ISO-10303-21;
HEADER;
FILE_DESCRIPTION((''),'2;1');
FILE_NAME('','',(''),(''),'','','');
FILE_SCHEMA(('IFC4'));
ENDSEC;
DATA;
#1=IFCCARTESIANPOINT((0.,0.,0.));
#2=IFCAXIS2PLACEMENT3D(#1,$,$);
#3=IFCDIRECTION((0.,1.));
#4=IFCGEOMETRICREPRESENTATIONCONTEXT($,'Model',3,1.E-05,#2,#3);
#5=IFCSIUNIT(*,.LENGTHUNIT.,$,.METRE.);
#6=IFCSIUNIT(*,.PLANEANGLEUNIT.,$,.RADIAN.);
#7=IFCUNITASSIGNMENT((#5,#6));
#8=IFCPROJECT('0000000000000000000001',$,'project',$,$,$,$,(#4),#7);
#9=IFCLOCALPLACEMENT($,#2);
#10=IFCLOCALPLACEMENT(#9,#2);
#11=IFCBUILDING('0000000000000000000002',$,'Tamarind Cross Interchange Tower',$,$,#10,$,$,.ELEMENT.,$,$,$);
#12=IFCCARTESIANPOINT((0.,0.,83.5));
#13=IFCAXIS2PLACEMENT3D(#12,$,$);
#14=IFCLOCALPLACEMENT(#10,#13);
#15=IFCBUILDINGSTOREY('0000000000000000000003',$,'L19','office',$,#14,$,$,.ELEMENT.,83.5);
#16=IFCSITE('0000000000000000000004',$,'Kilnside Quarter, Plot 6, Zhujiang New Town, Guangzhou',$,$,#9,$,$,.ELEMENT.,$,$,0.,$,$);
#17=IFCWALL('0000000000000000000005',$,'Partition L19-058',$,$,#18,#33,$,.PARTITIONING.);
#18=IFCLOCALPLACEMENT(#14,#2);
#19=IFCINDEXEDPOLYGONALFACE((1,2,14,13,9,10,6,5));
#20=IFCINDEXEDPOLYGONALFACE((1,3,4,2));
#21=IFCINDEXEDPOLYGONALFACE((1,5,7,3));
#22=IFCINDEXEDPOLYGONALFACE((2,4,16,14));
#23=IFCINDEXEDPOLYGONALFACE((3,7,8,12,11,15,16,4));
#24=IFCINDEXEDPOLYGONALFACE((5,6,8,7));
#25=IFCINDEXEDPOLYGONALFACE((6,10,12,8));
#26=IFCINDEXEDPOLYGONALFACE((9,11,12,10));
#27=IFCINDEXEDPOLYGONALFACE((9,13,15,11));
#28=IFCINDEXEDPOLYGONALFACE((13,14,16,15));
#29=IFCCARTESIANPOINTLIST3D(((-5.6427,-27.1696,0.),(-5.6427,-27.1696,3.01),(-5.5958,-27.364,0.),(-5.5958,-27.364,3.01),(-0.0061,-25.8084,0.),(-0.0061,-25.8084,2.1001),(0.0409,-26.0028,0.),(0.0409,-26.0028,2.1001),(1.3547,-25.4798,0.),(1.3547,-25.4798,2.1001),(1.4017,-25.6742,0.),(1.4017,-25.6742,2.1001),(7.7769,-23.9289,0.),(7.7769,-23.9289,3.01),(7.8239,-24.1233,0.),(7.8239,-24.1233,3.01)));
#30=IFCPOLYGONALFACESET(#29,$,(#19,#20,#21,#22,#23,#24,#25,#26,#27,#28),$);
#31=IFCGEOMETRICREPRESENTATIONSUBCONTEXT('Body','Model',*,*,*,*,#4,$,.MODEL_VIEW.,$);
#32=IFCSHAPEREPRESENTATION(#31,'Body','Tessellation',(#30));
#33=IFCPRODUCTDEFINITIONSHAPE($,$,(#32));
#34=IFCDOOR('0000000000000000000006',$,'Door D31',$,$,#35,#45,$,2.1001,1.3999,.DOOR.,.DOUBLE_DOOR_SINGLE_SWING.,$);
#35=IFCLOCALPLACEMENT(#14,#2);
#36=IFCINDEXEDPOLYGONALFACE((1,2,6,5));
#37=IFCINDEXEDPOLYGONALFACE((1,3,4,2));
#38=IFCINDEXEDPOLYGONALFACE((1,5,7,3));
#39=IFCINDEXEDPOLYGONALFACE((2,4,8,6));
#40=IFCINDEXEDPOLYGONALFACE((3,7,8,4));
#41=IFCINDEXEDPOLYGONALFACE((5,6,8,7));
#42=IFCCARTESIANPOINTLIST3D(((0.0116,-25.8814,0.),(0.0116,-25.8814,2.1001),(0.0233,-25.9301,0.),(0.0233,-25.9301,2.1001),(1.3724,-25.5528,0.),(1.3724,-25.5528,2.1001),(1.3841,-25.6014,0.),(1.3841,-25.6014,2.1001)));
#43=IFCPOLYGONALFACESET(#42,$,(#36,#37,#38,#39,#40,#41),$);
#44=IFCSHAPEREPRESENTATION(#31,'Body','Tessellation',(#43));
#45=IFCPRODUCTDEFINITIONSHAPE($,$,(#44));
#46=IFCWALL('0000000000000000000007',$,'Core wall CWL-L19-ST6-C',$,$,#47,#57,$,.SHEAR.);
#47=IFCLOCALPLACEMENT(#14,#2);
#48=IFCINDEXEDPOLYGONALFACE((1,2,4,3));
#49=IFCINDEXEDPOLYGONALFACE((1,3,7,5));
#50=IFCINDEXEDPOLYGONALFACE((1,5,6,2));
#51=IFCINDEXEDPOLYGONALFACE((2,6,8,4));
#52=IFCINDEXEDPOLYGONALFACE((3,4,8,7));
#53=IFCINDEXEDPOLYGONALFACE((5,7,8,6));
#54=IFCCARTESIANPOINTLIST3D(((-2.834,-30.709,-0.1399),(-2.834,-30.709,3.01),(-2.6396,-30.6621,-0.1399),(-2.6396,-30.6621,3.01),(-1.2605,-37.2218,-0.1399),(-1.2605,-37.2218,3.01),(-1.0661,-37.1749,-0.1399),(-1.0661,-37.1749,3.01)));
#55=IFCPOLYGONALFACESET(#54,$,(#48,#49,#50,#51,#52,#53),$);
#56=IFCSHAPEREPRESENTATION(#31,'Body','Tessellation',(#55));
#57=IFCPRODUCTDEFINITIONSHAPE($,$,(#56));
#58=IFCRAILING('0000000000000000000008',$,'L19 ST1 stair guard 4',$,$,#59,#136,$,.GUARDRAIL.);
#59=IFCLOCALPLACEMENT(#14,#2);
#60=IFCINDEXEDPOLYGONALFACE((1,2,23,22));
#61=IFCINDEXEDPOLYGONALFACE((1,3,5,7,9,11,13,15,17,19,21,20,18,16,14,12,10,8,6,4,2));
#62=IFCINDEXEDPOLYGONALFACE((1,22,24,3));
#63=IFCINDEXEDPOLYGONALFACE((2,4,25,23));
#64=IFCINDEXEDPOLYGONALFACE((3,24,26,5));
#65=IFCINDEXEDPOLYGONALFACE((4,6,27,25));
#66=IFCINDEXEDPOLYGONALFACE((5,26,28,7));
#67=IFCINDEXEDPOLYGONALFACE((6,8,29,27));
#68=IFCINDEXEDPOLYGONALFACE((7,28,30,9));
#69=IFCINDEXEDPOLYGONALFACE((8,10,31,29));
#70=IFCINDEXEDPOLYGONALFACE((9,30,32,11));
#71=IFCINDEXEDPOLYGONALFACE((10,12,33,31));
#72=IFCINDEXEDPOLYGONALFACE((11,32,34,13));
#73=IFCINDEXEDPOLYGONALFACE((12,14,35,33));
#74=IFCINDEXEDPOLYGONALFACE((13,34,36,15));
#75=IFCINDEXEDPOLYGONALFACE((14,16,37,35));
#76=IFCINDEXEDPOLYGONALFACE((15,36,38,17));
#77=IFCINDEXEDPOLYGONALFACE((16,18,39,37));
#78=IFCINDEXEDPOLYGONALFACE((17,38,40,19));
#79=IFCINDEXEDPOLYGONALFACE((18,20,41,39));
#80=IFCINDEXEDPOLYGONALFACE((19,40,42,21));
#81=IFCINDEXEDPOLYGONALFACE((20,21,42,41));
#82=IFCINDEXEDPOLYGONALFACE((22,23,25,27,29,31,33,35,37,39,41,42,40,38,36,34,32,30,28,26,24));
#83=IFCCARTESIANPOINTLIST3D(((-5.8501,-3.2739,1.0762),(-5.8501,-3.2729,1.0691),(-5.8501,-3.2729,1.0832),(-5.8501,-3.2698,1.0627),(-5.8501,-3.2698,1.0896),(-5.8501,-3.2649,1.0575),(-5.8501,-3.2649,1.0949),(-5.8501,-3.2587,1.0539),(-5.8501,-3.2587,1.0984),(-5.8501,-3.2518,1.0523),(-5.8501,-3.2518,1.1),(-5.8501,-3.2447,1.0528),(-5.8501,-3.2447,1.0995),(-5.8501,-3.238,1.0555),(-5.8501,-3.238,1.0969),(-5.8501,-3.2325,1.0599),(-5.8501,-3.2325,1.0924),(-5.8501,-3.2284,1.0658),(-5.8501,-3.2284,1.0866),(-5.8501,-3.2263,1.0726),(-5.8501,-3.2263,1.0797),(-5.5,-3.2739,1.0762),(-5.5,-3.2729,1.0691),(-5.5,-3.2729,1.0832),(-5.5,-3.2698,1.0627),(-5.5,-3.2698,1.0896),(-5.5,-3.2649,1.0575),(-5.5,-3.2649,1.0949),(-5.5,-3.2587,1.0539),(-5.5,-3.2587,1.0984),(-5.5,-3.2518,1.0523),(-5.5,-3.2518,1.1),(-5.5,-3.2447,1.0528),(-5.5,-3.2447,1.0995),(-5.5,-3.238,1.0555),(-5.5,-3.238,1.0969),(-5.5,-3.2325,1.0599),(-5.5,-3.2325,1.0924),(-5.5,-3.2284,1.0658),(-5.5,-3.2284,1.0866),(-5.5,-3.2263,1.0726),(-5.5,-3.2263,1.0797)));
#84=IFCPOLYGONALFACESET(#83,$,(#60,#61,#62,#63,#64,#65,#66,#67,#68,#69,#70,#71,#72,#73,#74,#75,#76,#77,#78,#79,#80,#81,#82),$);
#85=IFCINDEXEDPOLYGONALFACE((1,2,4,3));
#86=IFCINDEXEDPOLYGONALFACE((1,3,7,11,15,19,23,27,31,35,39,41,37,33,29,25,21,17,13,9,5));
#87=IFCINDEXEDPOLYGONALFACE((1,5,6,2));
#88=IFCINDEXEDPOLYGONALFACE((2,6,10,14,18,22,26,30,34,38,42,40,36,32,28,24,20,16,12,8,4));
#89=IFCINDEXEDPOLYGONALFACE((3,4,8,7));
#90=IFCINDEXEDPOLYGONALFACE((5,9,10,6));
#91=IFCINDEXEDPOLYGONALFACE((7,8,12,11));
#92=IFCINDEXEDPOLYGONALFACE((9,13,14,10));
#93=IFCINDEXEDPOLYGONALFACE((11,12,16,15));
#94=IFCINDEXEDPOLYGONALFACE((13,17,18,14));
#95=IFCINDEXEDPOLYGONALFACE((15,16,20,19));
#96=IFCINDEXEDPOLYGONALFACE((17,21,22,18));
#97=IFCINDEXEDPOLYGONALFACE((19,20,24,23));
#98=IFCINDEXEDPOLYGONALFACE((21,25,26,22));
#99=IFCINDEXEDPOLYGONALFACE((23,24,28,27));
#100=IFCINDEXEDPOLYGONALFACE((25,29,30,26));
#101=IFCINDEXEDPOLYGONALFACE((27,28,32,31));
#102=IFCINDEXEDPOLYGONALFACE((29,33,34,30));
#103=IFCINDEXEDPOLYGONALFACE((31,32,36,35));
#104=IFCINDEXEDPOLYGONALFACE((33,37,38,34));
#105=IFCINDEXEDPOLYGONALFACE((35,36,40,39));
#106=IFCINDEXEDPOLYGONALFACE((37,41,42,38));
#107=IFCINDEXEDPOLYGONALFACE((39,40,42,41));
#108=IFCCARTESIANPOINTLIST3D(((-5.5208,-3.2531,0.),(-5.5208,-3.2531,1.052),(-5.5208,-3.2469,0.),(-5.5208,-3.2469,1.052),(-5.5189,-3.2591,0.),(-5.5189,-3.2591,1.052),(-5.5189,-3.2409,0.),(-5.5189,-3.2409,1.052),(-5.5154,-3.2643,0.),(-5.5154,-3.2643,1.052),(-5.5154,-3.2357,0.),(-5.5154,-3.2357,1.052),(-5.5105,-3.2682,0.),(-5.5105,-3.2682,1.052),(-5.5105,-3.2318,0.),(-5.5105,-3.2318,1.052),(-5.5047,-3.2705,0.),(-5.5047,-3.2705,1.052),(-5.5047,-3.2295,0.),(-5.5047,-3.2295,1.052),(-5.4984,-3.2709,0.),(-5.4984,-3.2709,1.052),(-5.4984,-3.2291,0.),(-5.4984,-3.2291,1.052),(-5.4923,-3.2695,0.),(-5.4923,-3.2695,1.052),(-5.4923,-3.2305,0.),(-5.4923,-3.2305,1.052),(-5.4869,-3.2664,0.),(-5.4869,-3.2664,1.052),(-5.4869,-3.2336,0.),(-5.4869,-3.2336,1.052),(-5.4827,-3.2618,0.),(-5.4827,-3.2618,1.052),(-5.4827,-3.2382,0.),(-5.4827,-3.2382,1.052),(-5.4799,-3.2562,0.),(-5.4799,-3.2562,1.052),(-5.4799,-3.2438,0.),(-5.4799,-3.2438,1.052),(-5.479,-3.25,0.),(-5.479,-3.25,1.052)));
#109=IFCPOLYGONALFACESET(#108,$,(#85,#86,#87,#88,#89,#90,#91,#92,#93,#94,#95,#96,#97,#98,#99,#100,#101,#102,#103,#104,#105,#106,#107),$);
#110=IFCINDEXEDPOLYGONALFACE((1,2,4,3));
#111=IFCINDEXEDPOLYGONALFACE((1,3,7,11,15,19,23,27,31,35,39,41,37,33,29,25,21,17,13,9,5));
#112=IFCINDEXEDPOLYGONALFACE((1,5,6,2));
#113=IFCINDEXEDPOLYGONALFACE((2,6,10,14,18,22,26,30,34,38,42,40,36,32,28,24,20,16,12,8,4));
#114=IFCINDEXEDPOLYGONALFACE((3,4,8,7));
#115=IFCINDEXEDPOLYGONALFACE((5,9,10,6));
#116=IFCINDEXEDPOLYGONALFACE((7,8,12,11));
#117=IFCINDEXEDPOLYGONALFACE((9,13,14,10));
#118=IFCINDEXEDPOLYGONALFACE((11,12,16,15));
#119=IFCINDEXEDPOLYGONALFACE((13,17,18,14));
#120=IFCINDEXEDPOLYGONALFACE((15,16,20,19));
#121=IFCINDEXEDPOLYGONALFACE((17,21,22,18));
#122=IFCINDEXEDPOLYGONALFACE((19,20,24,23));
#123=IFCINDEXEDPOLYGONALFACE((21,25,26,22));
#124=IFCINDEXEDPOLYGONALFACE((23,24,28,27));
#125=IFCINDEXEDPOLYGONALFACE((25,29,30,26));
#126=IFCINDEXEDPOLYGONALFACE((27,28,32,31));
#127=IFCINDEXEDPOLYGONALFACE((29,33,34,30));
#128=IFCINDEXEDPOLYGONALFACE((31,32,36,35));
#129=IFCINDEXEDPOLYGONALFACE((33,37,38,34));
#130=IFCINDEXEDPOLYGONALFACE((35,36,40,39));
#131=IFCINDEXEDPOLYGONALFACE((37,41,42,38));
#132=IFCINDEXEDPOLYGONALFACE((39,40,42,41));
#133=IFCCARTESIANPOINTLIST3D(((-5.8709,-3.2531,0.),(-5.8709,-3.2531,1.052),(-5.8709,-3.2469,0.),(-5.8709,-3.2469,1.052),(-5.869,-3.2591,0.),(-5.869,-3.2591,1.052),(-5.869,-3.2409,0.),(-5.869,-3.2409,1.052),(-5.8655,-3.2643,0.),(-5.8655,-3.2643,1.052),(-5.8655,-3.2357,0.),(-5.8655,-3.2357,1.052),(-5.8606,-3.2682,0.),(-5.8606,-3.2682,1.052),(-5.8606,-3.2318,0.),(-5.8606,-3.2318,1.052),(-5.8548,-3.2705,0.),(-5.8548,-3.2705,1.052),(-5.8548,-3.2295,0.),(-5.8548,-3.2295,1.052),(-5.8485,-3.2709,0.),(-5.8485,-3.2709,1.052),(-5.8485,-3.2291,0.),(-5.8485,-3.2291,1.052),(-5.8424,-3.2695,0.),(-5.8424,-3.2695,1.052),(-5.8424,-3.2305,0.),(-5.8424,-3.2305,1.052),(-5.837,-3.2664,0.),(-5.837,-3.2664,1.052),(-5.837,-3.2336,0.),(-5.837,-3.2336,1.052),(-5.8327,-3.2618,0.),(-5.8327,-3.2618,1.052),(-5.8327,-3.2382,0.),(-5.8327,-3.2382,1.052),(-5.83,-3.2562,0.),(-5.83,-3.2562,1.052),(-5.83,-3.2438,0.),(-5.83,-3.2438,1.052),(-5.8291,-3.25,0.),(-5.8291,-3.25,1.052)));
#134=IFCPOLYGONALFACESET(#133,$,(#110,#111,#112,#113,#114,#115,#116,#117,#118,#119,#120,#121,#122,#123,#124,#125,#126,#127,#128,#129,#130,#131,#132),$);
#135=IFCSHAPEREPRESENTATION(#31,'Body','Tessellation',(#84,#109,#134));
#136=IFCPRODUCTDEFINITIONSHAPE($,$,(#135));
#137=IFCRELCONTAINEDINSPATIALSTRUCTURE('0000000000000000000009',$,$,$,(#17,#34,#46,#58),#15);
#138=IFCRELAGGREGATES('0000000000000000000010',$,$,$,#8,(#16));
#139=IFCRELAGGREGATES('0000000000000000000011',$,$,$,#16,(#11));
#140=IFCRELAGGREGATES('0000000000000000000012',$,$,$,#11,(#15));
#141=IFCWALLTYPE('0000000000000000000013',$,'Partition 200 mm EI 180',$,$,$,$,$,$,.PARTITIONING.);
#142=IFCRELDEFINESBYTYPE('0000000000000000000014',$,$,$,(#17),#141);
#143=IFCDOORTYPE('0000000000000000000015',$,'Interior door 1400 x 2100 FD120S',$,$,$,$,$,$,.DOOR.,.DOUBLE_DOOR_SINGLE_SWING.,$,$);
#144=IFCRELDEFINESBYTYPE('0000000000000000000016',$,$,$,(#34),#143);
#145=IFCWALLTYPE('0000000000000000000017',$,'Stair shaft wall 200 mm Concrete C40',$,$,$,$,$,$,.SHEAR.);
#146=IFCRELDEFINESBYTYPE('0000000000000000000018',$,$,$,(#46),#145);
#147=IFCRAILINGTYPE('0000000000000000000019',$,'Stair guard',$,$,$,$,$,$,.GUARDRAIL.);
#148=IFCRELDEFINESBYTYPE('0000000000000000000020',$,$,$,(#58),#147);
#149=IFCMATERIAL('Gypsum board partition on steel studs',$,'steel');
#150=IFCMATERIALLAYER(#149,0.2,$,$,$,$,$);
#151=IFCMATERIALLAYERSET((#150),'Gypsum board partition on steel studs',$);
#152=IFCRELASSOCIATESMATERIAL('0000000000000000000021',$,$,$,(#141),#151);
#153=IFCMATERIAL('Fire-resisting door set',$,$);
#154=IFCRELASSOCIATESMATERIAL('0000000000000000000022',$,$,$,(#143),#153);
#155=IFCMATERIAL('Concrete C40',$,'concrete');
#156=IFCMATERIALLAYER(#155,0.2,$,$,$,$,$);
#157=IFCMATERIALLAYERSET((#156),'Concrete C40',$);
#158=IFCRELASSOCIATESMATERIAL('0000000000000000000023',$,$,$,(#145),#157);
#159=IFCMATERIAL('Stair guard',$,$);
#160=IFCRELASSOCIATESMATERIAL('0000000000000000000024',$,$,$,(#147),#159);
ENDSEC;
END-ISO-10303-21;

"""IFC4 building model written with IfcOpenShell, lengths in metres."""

from ifc_helpers import new_model, si_unit, direction, frame, frame_2d, origin, origin_2d, place, context, subcontext, project, spatial, rectangle, circle, extrude, material, layer, layer_set, type_object, element, fill, save


model = new_model("IFC4")

# Units and contexts
model_context = context("Model", 3, precision=1e-05, world=origin(), true_north=direction((0.0, 1.0)))
body_context = subcontext(model_context, "Body", "Model", "MODEL_VIEW")
ifc_project = project(units=[si_unit("LENGTHUNIT", "METRE"), si_unit("PLANEANGLEUNIT", "RADIAN")], contexts=[model_context])

# Site, building, storey
site_placement = place(None, origin())
site = spatial("IfcSite", under=ifc_project, at=site_placement, Name="Kilnside Quarter, Plot 6, Zhujiang New Town, Guangzhou", CompositionType="ELEMENT", RefElevation=0.0)
building_placement = place(site_placement, origin())
building = spatial("IfcBuilding", under=site, at=building_placement, Name="Tamarind Cross Interchange Tower", CompositionType="ELEMENT")
storey_placement = place(building_placement, frame((0.0, 0.0, 83.5)))
storey = spatial("IfcBuildingStorey", under=building, at=storey_placement, Name="L19", Description="office", CompositionType="ELEMENT", Elevation=83.5)

# Wall, opening, door
ifc_material_1 = material(Name="Gypsum board partition on steel studs", Category="steel")
ifc_material_2 = material(Name="Fire-resisting door set")
ifc_layer_1 = layer(ifc_material_1, 0.2)
ifc_layer_set_1 = layer_set([ifc_layer_1], Name="Gypsum board partition on steel studs")
wall_type_1 = type_object("IfcWallType", Name="Partition 200 mm EI 180", PredefinedType="PARTITIONING", material=ifc_layer_set_1)
wall_1_placement = place(storey_placement, frame((-5.6194, -27.2668, 0.0), z_axis=(0.0, 0.0, 1.0), x_axis=(0.972058, 0.234743, 0.0)))
wall_1 = element("IfcWall", 1, at=wall_1_placement, inside=storey, type_object=wall_type_1, Name="Partition L19-058", PredefinedType="PARTITIONING", context=body_context, shape_type="SweptSolid", body=[
    extrude(rectangle(XDim=13.8054, YDim=0.2, at=frame_2d((6.9028, 0.0))), origin(), (0.0, 0.0, 1.0), 3.01),
])
opening_1_placement = place(wall_1_placement, frame((5.7988, 0.0, 0.0)))
opening_1 = element("IfcOpeningElement", 2, at=opening_1_placement, cuts=wall_1, PredefinedType="OPENING", context=body_context, shape_type="SweptSolid", body=[
    extrude(rectangle(XDim=1.3999, YDim=2.1001, at=frame_2d((0.7, 1.05))), frame((0.0, 0.1099, 0.0), z_axis=(0.0, -1.0, 0.0), x_axis=(1.0, 0.0, 0.0)), (0.0, 0.0, 1.0), 0.22),
])
door_type_1 = type_object("IfcDoorType", Name="Interior door 1400 x 2100 FD120S", OperationType="DOUBLE_DOOR_SINGLE_SWING", PredefinedType="DOOR", material=ifc_material_2)
door_1_placement = place(opening_1_placement, origin())
door_1 = element("IfcDoor", 3, at=door_1_placement, inside=storey, type_object=door_type_1, Name="Door D31", OperationType="DOUBLE_DOOR_SINGLE_SWING", OverallHeight=2.1001, OverallWidth=1.3999, PredefinedType="DOOR", context=body_context, shape_type="SweptSolid", body=[
    extrude(rectangle(XDim=1.3999, YDim=2.1001, at=frame_2d((0.7, 1.05))), frame((0.0, 0.0249, 0.0), z_axis=(0.0, -1.0, 0.0), x_axis=(1.0, 0.0, 0.0)), (0.0, 0.0, 1.0), 0.05),
])
fill(opening_1, door_1)

# Wall
ifc_material_3 = material(Name="Concrete C40", Category="concrete")
ifc_layer_2 = layer(ifc_material_3, 0.2)
ifc_layer_set_2 = layer_set([ifc_layer_2], Name="Concrete C40")
wall_type_2 = type_object("IfcWallType", Name="Stair shaft wall 200 mm Concrete C40", PredefinedType="SHEAR", material=ifc_layer_set_2)
wall_2_placement = place(storey_placement, frame((-2.7368, -30.6855, -0.1399), z_axis=(0.0, 0.0, 1.0), x_axis=(0.234846, -0.972033, 0.0)))
element("IfcWall", 4, at=wall_2_placement, inside=storey, type_object=wall_type_2, Name="Core wall CWL-L19-ST6-C", PredefinedType="SHEAR", context=body_context, shape_type="SweptSolid", body=[
    extrude(rectangle(XDim=6.7002, YDim=0.2, at=frame_2d((3.3501, 0.0))), origin(), (0.0, 0.0, 1.0), 3.1499),
])

# Railing
ifc_material_4 = material(Name="Stair guard")
railing_type = type_object("IfcRailingType", Name="Stair guard", PredefinedType="GUARDRAIL", material=ifc_material_4)
railing_placement = place(storey_placement, frame((-5.5, -3.25, 0.0)))
element("IfcRailing", 5, at=railing_placement, inside=storey, type_object=railing_type, Name="L19 ST1 stair guard 4", PredefinedType="GUARDRAIL", context=body_context, shape_type="SweptSolid", body=[
    extrude(circle(Radius=0.0239, at=origin_2d()), frame((0.0, 0.0, 1.0762), z_axis=(-1.0, 0.0, 0.0), x_axis=(0.0, -1.0, 0.0)), (0.0, 0.0, 1.0), 0.3501),
    extrude(circle(Radius=0.021, at=origin_2d()), origin(), (0.0, 0.0, 1.0), 1.052),
    extrude(circle(Radius=0.021, at=origin_2d()), frame((-0.3501, 0.0, 0.0)), (0.0, 0.0, 1.0), 1.052),
])

save(model, "model.ifc")
